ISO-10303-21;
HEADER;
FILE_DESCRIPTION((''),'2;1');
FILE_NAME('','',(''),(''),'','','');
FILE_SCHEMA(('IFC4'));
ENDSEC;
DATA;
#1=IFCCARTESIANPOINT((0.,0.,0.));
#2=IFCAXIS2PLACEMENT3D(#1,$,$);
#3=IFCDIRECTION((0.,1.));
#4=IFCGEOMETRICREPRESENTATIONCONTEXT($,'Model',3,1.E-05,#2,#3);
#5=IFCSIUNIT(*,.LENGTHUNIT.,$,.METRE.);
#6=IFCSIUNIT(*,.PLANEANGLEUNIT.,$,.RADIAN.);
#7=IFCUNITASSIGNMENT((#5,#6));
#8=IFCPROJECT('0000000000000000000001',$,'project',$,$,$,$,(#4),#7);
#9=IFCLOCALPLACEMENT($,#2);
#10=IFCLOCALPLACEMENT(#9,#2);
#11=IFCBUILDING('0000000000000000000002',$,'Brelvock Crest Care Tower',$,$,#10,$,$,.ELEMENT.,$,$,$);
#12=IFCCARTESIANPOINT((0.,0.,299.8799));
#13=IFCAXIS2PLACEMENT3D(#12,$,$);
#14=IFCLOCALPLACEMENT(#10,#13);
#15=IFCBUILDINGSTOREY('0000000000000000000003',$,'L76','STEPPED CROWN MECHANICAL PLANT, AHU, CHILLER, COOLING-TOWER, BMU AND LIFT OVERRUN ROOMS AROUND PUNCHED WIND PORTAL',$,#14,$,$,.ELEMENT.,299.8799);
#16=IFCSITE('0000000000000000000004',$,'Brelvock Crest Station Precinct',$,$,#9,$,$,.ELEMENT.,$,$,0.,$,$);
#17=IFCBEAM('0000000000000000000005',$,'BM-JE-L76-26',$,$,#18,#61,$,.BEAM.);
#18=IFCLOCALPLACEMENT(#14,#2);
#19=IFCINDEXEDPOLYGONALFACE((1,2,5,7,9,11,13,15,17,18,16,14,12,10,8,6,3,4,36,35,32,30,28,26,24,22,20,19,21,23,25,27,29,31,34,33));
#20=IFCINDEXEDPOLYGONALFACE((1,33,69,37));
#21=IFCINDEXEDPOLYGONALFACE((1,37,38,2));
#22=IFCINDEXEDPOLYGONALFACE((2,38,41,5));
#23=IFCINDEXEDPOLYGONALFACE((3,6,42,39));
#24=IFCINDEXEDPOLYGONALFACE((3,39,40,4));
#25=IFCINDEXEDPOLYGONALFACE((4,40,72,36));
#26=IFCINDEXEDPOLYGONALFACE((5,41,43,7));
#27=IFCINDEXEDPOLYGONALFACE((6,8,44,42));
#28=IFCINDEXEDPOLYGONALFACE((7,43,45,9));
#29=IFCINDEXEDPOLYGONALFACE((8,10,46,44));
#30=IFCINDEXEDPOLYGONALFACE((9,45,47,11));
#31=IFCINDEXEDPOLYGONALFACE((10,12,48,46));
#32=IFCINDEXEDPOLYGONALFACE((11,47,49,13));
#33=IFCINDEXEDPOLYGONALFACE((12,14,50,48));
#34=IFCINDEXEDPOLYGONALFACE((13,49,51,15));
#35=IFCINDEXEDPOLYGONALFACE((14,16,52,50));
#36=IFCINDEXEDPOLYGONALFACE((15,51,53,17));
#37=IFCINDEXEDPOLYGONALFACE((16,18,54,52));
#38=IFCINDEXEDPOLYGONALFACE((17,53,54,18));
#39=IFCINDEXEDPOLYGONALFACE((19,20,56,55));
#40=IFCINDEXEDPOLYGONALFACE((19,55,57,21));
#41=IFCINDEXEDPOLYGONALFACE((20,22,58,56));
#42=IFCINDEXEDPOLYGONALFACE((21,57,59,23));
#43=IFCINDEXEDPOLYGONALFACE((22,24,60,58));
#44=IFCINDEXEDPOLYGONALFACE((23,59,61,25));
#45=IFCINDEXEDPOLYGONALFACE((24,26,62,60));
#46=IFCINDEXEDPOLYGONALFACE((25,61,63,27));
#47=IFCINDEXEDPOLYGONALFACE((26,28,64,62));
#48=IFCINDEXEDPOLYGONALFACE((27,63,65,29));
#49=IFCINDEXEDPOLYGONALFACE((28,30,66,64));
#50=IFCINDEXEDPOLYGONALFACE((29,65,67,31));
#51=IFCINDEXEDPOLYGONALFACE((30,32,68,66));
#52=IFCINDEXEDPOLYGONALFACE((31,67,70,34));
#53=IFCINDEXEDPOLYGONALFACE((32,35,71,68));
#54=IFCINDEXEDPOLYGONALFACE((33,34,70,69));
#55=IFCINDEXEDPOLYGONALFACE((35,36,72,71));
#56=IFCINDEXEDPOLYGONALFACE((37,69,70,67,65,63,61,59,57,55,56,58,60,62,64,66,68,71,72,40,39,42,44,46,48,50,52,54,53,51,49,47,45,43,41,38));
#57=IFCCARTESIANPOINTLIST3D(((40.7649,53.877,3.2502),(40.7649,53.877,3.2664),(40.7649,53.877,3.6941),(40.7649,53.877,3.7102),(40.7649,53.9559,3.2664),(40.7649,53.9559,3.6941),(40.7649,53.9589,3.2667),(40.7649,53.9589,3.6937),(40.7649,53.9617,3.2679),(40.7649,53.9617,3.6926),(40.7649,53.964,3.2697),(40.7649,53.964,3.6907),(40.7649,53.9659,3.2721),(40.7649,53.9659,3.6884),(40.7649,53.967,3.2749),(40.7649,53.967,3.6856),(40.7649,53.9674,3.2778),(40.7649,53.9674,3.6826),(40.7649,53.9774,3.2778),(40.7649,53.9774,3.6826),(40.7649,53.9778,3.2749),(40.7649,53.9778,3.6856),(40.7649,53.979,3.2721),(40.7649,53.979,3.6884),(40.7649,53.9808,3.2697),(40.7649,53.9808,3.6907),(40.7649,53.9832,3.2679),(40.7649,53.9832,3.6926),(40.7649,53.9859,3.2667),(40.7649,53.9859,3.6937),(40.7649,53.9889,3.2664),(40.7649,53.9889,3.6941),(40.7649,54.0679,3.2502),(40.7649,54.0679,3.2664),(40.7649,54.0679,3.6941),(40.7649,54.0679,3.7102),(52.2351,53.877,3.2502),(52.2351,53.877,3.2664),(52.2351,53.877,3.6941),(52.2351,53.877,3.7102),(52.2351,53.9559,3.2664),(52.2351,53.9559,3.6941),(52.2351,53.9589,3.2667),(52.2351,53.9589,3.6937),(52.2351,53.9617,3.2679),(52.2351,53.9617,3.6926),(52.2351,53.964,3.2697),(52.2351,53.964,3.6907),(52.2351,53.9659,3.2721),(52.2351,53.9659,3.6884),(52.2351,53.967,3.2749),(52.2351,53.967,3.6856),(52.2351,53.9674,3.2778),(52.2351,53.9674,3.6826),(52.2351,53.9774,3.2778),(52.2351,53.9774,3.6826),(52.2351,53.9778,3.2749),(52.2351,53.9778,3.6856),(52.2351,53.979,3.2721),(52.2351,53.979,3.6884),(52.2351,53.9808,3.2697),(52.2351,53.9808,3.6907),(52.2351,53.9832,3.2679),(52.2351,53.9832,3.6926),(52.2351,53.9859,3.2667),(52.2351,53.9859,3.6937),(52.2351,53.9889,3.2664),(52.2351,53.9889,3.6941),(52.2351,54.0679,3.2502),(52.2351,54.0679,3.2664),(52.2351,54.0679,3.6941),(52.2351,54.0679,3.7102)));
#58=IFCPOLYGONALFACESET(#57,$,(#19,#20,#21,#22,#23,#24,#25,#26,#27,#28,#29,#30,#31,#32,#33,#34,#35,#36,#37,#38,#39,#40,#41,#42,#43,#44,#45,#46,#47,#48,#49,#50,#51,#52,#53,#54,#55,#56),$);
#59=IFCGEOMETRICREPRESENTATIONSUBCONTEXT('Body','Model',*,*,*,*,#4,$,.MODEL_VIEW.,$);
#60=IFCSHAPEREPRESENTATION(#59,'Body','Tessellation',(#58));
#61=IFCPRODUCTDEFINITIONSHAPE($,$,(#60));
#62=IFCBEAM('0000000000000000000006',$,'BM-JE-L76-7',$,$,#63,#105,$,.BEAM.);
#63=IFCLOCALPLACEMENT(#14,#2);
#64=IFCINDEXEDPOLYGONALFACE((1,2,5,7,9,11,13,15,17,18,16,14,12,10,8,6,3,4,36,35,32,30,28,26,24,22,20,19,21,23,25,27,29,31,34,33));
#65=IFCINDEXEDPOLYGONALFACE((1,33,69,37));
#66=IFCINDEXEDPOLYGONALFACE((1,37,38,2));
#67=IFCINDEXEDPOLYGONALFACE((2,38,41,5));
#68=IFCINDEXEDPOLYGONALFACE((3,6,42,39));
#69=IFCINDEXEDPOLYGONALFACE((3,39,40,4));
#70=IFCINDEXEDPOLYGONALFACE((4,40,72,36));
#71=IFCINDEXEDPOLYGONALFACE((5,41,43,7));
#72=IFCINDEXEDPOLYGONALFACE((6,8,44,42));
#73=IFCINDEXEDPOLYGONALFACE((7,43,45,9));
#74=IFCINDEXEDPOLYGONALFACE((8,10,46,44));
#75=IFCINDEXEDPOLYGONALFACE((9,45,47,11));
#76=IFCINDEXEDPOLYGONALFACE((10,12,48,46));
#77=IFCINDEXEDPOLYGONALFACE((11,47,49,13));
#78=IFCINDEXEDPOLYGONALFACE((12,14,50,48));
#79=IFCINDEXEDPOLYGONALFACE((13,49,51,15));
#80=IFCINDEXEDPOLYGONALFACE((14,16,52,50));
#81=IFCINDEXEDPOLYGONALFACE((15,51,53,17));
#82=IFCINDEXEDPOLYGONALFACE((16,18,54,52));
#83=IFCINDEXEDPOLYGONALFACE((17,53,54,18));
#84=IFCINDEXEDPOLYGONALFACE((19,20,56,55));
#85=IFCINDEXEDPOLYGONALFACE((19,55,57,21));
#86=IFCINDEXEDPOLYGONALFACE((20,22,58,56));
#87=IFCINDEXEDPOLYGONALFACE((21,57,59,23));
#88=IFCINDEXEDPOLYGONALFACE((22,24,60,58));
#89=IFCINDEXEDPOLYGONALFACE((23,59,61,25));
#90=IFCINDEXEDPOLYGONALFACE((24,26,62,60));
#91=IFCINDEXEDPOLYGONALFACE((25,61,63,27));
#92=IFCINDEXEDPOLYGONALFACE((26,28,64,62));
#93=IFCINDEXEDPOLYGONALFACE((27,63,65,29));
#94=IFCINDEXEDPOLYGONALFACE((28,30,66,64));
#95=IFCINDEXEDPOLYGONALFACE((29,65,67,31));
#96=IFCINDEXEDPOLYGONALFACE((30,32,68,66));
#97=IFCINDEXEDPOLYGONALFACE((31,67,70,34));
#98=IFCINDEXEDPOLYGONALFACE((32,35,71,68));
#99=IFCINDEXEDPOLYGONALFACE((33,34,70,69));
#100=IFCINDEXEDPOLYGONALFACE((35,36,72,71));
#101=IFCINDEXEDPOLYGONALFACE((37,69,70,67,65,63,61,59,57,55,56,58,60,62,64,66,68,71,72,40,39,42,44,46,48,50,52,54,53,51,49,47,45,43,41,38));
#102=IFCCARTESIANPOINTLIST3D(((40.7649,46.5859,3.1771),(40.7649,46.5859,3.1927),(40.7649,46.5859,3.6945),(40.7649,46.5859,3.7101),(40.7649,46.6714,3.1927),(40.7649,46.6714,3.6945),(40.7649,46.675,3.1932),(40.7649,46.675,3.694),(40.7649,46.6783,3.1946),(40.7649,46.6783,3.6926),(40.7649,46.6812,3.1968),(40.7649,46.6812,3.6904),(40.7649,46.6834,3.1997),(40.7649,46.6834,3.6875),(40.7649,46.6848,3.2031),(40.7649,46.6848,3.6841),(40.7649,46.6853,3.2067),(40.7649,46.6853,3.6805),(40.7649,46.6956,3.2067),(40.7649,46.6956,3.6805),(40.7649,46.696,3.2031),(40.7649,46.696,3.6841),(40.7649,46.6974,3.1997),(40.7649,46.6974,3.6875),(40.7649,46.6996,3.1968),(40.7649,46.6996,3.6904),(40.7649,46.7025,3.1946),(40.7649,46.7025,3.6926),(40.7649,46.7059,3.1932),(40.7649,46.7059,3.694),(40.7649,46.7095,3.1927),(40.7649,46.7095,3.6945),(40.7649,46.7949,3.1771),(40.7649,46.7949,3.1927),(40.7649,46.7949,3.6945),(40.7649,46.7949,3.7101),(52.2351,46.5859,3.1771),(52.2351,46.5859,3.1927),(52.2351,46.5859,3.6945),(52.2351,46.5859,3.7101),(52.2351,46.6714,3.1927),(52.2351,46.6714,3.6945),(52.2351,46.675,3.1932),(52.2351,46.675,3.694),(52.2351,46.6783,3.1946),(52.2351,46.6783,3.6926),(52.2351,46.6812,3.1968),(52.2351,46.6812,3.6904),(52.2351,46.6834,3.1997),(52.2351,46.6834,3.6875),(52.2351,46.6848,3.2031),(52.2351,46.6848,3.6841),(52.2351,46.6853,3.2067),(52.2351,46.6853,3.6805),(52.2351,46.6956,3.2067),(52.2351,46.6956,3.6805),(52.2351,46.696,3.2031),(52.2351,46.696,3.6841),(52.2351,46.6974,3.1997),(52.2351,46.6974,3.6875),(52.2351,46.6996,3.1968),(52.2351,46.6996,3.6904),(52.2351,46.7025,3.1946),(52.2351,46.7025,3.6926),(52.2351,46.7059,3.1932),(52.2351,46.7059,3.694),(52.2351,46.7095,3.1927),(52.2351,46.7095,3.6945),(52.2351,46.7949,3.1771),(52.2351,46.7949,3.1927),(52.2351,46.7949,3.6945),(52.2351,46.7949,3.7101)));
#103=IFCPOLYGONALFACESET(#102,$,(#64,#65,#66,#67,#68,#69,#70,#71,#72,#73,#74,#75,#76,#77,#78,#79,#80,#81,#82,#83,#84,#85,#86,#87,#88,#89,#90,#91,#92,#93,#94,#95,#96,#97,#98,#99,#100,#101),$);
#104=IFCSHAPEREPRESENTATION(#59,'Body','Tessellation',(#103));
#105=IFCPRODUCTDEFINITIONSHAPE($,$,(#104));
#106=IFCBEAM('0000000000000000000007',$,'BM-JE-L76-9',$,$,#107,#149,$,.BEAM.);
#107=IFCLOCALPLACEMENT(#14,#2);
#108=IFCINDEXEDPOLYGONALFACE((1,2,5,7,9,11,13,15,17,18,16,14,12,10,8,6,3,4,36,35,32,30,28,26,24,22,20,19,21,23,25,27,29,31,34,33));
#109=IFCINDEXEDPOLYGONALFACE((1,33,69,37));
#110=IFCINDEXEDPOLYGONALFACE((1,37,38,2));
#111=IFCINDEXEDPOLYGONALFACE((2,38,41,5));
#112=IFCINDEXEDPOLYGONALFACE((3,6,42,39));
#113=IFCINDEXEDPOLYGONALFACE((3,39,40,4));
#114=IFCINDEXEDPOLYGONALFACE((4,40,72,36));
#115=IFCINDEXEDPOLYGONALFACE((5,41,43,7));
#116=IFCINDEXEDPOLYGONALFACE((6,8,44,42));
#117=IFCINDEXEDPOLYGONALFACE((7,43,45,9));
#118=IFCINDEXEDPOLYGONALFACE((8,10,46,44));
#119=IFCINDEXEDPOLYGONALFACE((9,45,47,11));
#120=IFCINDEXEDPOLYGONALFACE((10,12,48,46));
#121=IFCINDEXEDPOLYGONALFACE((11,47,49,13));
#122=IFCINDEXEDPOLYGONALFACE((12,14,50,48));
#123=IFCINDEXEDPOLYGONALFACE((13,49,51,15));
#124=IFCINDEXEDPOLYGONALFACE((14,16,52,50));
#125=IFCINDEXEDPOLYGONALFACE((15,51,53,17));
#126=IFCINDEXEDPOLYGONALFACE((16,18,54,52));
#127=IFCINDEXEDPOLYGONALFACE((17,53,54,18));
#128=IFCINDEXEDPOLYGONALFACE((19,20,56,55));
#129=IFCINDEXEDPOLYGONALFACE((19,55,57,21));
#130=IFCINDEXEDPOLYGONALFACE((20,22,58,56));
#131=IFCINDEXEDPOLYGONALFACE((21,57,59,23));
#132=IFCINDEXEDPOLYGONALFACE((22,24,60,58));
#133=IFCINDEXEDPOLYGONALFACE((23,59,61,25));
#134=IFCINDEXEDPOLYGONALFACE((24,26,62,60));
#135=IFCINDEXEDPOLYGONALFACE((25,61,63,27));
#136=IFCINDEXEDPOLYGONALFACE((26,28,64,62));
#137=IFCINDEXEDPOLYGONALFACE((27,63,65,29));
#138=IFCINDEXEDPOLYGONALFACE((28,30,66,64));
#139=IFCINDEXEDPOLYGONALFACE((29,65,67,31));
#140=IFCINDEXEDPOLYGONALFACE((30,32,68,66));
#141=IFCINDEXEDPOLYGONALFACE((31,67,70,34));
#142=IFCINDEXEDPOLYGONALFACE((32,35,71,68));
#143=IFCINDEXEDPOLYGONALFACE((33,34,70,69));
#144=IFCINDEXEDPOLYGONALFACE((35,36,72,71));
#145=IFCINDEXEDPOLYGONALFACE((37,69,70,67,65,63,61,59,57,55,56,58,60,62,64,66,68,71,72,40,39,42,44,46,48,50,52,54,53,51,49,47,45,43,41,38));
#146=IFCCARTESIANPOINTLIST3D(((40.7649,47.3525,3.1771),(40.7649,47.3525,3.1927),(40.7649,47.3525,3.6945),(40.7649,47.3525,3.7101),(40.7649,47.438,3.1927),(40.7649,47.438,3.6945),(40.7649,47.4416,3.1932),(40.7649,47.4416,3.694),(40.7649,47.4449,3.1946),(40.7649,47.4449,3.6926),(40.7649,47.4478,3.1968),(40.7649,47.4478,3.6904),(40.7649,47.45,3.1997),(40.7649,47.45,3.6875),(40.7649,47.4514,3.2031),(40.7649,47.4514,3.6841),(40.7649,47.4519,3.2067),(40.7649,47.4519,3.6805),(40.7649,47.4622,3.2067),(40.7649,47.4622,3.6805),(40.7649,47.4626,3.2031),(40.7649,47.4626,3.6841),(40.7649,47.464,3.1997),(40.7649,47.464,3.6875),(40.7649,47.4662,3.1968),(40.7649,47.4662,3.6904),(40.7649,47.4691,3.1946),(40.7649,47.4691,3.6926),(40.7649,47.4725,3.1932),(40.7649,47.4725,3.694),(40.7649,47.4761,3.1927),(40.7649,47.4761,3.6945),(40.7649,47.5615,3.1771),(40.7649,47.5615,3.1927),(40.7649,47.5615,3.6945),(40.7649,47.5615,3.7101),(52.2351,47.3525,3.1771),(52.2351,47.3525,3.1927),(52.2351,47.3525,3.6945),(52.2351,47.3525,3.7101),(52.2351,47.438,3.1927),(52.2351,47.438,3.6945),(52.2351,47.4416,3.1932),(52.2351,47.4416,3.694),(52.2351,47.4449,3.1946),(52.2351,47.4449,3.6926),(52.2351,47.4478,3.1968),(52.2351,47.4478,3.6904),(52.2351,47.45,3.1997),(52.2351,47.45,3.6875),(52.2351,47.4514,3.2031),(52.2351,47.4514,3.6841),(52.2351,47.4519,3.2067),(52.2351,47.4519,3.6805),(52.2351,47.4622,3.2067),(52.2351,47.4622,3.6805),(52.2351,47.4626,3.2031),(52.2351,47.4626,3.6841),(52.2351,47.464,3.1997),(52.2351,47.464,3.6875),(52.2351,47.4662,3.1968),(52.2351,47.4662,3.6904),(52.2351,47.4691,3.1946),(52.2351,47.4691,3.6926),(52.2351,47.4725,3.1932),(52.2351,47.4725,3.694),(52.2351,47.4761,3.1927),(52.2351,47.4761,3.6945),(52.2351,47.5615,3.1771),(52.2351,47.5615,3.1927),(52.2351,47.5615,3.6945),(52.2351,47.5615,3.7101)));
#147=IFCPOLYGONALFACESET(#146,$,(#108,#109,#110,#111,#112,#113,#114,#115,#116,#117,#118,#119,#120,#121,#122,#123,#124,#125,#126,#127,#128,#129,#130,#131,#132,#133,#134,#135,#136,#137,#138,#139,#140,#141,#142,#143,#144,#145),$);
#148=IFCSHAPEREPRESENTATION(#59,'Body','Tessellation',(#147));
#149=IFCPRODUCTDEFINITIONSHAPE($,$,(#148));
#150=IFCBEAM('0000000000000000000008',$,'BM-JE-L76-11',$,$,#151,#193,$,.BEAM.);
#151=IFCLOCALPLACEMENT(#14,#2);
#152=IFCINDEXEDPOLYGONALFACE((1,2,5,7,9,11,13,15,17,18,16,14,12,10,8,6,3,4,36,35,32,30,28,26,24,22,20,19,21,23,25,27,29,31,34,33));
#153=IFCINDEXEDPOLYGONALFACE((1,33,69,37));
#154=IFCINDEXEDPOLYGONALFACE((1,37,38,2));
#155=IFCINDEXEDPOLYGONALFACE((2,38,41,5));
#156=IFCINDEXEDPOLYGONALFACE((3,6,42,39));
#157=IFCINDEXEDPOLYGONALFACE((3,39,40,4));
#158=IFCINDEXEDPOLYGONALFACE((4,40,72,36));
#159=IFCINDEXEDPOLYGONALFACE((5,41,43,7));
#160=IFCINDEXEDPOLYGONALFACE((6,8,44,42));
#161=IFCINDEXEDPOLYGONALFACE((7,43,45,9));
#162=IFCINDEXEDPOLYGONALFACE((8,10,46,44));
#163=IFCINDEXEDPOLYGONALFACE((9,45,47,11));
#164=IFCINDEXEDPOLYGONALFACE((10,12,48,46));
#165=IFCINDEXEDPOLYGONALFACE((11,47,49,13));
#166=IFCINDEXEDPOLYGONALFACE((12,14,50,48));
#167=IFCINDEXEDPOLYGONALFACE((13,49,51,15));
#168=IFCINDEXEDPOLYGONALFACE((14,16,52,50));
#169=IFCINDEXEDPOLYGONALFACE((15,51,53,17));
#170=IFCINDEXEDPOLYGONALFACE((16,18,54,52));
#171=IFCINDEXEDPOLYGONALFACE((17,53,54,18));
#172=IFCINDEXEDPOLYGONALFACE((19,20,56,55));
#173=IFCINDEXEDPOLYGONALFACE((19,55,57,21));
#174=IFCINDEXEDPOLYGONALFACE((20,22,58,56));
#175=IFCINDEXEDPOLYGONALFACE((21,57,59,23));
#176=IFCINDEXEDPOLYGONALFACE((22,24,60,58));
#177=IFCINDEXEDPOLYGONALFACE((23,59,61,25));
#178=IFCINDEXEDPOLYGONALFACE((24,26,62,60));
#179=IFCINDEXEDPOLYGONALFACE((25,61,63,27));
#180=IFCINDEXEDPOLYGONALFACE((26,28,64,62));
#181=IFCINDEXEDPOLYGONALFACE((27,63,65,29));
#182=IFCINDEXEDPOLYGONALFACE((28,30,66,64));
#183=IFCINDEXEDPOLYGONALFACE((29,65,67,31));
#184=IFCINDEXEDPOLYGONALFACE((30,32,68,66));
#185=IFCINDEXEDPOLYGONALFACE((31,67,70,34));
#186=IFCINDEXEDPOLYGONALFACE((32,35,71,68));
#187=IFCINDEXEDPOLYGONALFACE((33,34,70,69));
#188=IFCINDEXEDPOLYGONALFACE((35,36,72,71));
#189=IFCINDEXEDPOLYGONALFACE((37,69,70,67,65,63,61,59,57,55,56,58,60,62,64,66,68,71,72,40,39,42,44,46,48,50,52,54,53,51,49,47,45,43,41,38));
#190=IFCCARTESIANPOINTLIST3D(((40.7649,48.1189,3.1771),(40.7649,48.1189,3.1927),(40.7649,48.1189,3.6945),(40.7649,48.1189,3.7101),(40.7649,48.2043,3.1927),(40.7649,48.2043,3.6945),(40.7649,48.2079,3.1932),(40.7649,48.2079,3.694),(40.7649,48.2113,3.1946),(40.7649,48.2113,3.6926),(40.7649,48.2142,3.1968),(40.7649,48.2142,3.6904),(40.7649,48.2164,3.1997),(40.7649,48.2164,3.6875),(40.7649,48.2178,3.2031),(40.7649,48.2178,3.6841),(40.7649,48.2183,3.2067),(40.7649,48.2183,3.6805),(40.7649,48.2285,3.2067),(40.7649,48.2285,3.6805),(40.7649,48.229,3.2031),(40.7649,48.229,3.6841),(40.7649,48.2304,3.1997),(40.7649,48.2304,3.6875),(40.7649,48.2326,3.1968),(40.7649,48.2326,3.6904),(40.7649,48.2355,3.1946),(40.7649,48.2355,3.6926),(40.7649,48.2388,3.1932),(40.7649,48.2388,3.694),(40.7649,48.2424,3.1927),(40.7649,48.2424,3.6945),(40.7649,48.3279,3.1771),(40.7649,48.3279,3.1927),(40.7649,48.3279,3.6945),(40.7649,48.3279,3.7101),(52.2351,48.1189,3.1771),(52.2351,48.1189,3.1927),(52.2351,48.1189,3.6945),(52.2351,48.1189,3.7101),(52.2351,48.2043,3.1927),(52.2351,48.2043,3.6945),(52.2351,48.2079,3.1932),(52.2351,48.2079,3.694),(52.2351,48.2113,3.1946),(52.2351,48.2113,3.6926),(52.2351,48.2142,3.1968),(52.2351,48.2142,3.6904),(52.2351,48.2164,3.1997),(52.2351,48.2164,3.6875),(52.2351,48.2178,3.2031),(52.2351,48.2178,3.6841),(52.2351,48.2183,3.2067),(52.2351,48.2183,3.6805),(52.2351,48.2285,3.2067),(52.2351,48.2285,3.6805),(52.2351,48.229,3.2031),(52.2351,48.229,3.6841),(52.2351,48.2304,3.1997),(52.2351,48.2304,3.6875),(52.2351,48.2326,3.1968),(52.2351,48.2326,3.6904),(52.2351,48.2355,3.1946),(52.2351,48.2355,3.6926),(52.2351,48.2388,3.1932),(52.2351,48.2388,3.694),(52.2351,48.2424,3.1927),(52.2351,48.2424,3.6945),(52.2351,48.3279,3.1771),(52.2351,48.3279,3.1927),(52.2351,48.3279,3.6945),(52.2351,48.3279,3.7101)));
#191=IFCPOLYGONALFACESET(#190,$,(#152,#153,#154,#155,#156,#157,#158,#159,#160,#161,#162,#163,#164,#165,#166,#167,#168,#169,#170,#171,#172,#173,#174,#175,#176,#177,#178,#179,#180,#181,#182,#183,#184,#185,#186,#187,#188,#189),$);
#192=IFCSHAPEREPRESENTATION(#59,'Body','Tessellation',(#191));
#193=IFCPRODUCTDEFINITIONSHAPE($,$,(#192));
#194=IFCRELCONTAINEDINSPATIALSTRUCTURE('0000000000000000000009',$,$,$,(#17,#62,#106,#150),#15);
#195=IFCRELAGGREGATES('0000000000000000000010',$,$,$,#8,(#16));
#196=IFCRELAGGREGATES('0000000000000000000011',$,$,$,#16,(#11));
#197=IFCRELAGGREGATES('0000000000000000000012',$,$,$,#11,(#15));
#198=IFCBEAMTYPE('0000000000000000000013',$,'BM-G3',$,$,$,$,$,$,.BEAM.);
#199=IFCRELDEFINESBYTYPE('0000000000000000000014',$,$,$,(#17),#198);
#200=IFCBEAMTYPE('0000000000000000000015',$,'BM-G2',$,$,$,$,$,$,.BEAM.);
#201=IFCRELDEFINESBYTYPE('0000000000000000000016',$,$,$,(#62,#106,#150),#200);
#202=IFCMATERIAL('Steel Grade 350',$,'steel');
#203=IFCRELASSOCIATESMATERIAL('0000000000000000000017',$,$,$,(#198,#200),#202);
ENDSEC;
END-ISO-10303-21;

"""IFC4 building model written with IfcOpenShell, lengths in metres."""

from ifc_helpers import new_model, si_unit, direction, frame, origin, origin_2d, place, context, subcontext, project, spatial, i_section, extrude, source, transform, mapped, material, material_profile, profile_set, type_object, element, save


model = new_model("IFC4")

# Units and contexts
model_context = context("Model", 3, precision=1e-05, world=origin(), true_north=direction((0.0, 1.0)))
body_context = subcontext(model_context, "Body", "Model", "MODEL_VIEW")
ifc_project = project(units=[si_unit("LENGTHUNIT", "METRE"), si_unit("PLANEANGLEUNIT", "RADIAN")], contexts=[model_context])

# Site, building, storey
site_placement = place(None, origin())
site = spatial("IfcSite", under=ifc_project, at=site_placement, Name="Brelvock Crest Station Precinct", CompositionType="ELEMENT", RefElevation=0.0)
building_placement = place(site_placement, origin())
building = spatial("IfcBuilding", under=site, at=building_placement, Name="Brelvock Crest Care Tower", CompositionType="ELEMENT")
storey_placement = place(building_placement, frame((0.0, 0.0, 299.8799)))
storey = spatial("IfcBuildingStorey", under=building, at=storey_placement, Name="L76", Description="STEPPED CROWN MECHANICAL PLANT, AHU, CHILLER, COOLING-TOWER, BMU AND LIFT OVERRUN ROOMS AROUND PUNCHED WIND PORTAL", CompositionType="ELEMENT", Elevation=299.8799)

# Shared definitions
ifc_material_1 = material(Name="Steel Grade 350", Category="steel")

# Beams
ifc_material_profile_1 = material_profile(ifc_material_1, i_section(OverallWidth=0.1909, OverallDepth=0.46, WebThickness=0.01, FlangeThickness=0.0161, FilletRadius=0.0115, at=origin_2d()), Name="460UB82.1")
ifc_profile_set_1 = profile_set([ifc_material_profile_1], Name="Steel Grade 350")
beam_type_1 = type_object("IfcBeamType", Name="BM-G3", PredefinedType="BEAM", material=ifc_profile_set_1)
shared_shape_1 = source(origin(), body_context, "Body", "SweptSolid", [
    extrude(i_section(OverallWidth=0.1909, OverallDepth=0.46, WebThickness=0.01, FlangeThickness=0.0161, FilletRadius=0.0115, at=origin_2d()), origin(), (0.0, 0.0, 1.0), 11.4702),
])
for number, where, z_axis, x_axis, name in (
    (1, (40.7649, 53.9724, 3.4802), (1.0, 0.0, 0.0), (0.0, 1.0, 0.0), "BM-JE-L76-26"),
):
    element("IfcBeam", number, at=place(storey_placement, frame(where, z_axis=z_axis, x_axis=x_axis)), inside=storey, type_object=beam_type_1, Name=name, PredefinedType="BEAM", context=body_context, shape_type="MappedRepresentation", body=[
        mapped(shared_shape_1, transform((0.0, 0.0, 0.0), x_axis=(1.0, 0.0, 0.0), y_axis=(0.0, 1.0, 0.0), z_axis=(0.0, 0.0, 1.0), scale=1.0)),
    ])
ifc_material_profile_2 = material_profile(ifc_material_1, i_section(OverallWidth=0.209, OverallDepth=0.533, WebThickness=0.0103, FlangeThickness=0.0156, FilletRadius=0.0139, at=origin_2d()), Name="530UB92.4")
ifc_profile_set_2 = profile_set([ifc_material_profile_2], Name="Steel Grade 350")
beam_type_2 = type_object("IfcBeamType", Name="BM-G2", PredefinedType="BEAM", material=ifc_profile_set_2)
shared_shape_2 = source(origin(), body_context, "Body", "SweptSolid", [
    extrude(i_section(OverallWidth=0.209, OverallDepth=0.533, WebThickness=0.0103, FlangeThickness=0.0156, FilletRadius=0.0139, at=origin_2d()), origin(), (0.0, 0.0, 1.0), 11.4702),
])
for number, where, z_axis, x_axis, name in (
    (2, (40.7649, 46.6904, 3.4436), (1.0, 0.0, 0.0), (0.0, 1.0, 0.0), "BM-JE-L76-7"),
    (3, (40.7649, 47.457, 3.4436), (1.0, 0.0, 0.0), (0.0, 1.0, 0.0), "BM-JE-L76-9"),
    (4, (40.7649, 48.2234, 3.4436), (1.0, 0.0, 0.0), (0.0, 1.0, 0.0), "BM-JE-L76-11"),
):
    element("IfcBeam", number, at=place(storey_placement, frame(where, z_axis=z_axis, x_axis=x_axis)), inside=storey, type_object=beam_type_2, Name=name, PredefinedType="BEAM", context=body_context, shape_type="MappedRepresentation", body=[
        mapped(shared_shape_2, transform((0.0, 0.0, 0.0), x_axis=(1.0, 0.0, 0.0), y_axis=(0.0, 1.0, 0.0), z_axis=(0.0, 0.0, 1.0), scale=1.0)),
    ])

save(model, "model.ifc")
